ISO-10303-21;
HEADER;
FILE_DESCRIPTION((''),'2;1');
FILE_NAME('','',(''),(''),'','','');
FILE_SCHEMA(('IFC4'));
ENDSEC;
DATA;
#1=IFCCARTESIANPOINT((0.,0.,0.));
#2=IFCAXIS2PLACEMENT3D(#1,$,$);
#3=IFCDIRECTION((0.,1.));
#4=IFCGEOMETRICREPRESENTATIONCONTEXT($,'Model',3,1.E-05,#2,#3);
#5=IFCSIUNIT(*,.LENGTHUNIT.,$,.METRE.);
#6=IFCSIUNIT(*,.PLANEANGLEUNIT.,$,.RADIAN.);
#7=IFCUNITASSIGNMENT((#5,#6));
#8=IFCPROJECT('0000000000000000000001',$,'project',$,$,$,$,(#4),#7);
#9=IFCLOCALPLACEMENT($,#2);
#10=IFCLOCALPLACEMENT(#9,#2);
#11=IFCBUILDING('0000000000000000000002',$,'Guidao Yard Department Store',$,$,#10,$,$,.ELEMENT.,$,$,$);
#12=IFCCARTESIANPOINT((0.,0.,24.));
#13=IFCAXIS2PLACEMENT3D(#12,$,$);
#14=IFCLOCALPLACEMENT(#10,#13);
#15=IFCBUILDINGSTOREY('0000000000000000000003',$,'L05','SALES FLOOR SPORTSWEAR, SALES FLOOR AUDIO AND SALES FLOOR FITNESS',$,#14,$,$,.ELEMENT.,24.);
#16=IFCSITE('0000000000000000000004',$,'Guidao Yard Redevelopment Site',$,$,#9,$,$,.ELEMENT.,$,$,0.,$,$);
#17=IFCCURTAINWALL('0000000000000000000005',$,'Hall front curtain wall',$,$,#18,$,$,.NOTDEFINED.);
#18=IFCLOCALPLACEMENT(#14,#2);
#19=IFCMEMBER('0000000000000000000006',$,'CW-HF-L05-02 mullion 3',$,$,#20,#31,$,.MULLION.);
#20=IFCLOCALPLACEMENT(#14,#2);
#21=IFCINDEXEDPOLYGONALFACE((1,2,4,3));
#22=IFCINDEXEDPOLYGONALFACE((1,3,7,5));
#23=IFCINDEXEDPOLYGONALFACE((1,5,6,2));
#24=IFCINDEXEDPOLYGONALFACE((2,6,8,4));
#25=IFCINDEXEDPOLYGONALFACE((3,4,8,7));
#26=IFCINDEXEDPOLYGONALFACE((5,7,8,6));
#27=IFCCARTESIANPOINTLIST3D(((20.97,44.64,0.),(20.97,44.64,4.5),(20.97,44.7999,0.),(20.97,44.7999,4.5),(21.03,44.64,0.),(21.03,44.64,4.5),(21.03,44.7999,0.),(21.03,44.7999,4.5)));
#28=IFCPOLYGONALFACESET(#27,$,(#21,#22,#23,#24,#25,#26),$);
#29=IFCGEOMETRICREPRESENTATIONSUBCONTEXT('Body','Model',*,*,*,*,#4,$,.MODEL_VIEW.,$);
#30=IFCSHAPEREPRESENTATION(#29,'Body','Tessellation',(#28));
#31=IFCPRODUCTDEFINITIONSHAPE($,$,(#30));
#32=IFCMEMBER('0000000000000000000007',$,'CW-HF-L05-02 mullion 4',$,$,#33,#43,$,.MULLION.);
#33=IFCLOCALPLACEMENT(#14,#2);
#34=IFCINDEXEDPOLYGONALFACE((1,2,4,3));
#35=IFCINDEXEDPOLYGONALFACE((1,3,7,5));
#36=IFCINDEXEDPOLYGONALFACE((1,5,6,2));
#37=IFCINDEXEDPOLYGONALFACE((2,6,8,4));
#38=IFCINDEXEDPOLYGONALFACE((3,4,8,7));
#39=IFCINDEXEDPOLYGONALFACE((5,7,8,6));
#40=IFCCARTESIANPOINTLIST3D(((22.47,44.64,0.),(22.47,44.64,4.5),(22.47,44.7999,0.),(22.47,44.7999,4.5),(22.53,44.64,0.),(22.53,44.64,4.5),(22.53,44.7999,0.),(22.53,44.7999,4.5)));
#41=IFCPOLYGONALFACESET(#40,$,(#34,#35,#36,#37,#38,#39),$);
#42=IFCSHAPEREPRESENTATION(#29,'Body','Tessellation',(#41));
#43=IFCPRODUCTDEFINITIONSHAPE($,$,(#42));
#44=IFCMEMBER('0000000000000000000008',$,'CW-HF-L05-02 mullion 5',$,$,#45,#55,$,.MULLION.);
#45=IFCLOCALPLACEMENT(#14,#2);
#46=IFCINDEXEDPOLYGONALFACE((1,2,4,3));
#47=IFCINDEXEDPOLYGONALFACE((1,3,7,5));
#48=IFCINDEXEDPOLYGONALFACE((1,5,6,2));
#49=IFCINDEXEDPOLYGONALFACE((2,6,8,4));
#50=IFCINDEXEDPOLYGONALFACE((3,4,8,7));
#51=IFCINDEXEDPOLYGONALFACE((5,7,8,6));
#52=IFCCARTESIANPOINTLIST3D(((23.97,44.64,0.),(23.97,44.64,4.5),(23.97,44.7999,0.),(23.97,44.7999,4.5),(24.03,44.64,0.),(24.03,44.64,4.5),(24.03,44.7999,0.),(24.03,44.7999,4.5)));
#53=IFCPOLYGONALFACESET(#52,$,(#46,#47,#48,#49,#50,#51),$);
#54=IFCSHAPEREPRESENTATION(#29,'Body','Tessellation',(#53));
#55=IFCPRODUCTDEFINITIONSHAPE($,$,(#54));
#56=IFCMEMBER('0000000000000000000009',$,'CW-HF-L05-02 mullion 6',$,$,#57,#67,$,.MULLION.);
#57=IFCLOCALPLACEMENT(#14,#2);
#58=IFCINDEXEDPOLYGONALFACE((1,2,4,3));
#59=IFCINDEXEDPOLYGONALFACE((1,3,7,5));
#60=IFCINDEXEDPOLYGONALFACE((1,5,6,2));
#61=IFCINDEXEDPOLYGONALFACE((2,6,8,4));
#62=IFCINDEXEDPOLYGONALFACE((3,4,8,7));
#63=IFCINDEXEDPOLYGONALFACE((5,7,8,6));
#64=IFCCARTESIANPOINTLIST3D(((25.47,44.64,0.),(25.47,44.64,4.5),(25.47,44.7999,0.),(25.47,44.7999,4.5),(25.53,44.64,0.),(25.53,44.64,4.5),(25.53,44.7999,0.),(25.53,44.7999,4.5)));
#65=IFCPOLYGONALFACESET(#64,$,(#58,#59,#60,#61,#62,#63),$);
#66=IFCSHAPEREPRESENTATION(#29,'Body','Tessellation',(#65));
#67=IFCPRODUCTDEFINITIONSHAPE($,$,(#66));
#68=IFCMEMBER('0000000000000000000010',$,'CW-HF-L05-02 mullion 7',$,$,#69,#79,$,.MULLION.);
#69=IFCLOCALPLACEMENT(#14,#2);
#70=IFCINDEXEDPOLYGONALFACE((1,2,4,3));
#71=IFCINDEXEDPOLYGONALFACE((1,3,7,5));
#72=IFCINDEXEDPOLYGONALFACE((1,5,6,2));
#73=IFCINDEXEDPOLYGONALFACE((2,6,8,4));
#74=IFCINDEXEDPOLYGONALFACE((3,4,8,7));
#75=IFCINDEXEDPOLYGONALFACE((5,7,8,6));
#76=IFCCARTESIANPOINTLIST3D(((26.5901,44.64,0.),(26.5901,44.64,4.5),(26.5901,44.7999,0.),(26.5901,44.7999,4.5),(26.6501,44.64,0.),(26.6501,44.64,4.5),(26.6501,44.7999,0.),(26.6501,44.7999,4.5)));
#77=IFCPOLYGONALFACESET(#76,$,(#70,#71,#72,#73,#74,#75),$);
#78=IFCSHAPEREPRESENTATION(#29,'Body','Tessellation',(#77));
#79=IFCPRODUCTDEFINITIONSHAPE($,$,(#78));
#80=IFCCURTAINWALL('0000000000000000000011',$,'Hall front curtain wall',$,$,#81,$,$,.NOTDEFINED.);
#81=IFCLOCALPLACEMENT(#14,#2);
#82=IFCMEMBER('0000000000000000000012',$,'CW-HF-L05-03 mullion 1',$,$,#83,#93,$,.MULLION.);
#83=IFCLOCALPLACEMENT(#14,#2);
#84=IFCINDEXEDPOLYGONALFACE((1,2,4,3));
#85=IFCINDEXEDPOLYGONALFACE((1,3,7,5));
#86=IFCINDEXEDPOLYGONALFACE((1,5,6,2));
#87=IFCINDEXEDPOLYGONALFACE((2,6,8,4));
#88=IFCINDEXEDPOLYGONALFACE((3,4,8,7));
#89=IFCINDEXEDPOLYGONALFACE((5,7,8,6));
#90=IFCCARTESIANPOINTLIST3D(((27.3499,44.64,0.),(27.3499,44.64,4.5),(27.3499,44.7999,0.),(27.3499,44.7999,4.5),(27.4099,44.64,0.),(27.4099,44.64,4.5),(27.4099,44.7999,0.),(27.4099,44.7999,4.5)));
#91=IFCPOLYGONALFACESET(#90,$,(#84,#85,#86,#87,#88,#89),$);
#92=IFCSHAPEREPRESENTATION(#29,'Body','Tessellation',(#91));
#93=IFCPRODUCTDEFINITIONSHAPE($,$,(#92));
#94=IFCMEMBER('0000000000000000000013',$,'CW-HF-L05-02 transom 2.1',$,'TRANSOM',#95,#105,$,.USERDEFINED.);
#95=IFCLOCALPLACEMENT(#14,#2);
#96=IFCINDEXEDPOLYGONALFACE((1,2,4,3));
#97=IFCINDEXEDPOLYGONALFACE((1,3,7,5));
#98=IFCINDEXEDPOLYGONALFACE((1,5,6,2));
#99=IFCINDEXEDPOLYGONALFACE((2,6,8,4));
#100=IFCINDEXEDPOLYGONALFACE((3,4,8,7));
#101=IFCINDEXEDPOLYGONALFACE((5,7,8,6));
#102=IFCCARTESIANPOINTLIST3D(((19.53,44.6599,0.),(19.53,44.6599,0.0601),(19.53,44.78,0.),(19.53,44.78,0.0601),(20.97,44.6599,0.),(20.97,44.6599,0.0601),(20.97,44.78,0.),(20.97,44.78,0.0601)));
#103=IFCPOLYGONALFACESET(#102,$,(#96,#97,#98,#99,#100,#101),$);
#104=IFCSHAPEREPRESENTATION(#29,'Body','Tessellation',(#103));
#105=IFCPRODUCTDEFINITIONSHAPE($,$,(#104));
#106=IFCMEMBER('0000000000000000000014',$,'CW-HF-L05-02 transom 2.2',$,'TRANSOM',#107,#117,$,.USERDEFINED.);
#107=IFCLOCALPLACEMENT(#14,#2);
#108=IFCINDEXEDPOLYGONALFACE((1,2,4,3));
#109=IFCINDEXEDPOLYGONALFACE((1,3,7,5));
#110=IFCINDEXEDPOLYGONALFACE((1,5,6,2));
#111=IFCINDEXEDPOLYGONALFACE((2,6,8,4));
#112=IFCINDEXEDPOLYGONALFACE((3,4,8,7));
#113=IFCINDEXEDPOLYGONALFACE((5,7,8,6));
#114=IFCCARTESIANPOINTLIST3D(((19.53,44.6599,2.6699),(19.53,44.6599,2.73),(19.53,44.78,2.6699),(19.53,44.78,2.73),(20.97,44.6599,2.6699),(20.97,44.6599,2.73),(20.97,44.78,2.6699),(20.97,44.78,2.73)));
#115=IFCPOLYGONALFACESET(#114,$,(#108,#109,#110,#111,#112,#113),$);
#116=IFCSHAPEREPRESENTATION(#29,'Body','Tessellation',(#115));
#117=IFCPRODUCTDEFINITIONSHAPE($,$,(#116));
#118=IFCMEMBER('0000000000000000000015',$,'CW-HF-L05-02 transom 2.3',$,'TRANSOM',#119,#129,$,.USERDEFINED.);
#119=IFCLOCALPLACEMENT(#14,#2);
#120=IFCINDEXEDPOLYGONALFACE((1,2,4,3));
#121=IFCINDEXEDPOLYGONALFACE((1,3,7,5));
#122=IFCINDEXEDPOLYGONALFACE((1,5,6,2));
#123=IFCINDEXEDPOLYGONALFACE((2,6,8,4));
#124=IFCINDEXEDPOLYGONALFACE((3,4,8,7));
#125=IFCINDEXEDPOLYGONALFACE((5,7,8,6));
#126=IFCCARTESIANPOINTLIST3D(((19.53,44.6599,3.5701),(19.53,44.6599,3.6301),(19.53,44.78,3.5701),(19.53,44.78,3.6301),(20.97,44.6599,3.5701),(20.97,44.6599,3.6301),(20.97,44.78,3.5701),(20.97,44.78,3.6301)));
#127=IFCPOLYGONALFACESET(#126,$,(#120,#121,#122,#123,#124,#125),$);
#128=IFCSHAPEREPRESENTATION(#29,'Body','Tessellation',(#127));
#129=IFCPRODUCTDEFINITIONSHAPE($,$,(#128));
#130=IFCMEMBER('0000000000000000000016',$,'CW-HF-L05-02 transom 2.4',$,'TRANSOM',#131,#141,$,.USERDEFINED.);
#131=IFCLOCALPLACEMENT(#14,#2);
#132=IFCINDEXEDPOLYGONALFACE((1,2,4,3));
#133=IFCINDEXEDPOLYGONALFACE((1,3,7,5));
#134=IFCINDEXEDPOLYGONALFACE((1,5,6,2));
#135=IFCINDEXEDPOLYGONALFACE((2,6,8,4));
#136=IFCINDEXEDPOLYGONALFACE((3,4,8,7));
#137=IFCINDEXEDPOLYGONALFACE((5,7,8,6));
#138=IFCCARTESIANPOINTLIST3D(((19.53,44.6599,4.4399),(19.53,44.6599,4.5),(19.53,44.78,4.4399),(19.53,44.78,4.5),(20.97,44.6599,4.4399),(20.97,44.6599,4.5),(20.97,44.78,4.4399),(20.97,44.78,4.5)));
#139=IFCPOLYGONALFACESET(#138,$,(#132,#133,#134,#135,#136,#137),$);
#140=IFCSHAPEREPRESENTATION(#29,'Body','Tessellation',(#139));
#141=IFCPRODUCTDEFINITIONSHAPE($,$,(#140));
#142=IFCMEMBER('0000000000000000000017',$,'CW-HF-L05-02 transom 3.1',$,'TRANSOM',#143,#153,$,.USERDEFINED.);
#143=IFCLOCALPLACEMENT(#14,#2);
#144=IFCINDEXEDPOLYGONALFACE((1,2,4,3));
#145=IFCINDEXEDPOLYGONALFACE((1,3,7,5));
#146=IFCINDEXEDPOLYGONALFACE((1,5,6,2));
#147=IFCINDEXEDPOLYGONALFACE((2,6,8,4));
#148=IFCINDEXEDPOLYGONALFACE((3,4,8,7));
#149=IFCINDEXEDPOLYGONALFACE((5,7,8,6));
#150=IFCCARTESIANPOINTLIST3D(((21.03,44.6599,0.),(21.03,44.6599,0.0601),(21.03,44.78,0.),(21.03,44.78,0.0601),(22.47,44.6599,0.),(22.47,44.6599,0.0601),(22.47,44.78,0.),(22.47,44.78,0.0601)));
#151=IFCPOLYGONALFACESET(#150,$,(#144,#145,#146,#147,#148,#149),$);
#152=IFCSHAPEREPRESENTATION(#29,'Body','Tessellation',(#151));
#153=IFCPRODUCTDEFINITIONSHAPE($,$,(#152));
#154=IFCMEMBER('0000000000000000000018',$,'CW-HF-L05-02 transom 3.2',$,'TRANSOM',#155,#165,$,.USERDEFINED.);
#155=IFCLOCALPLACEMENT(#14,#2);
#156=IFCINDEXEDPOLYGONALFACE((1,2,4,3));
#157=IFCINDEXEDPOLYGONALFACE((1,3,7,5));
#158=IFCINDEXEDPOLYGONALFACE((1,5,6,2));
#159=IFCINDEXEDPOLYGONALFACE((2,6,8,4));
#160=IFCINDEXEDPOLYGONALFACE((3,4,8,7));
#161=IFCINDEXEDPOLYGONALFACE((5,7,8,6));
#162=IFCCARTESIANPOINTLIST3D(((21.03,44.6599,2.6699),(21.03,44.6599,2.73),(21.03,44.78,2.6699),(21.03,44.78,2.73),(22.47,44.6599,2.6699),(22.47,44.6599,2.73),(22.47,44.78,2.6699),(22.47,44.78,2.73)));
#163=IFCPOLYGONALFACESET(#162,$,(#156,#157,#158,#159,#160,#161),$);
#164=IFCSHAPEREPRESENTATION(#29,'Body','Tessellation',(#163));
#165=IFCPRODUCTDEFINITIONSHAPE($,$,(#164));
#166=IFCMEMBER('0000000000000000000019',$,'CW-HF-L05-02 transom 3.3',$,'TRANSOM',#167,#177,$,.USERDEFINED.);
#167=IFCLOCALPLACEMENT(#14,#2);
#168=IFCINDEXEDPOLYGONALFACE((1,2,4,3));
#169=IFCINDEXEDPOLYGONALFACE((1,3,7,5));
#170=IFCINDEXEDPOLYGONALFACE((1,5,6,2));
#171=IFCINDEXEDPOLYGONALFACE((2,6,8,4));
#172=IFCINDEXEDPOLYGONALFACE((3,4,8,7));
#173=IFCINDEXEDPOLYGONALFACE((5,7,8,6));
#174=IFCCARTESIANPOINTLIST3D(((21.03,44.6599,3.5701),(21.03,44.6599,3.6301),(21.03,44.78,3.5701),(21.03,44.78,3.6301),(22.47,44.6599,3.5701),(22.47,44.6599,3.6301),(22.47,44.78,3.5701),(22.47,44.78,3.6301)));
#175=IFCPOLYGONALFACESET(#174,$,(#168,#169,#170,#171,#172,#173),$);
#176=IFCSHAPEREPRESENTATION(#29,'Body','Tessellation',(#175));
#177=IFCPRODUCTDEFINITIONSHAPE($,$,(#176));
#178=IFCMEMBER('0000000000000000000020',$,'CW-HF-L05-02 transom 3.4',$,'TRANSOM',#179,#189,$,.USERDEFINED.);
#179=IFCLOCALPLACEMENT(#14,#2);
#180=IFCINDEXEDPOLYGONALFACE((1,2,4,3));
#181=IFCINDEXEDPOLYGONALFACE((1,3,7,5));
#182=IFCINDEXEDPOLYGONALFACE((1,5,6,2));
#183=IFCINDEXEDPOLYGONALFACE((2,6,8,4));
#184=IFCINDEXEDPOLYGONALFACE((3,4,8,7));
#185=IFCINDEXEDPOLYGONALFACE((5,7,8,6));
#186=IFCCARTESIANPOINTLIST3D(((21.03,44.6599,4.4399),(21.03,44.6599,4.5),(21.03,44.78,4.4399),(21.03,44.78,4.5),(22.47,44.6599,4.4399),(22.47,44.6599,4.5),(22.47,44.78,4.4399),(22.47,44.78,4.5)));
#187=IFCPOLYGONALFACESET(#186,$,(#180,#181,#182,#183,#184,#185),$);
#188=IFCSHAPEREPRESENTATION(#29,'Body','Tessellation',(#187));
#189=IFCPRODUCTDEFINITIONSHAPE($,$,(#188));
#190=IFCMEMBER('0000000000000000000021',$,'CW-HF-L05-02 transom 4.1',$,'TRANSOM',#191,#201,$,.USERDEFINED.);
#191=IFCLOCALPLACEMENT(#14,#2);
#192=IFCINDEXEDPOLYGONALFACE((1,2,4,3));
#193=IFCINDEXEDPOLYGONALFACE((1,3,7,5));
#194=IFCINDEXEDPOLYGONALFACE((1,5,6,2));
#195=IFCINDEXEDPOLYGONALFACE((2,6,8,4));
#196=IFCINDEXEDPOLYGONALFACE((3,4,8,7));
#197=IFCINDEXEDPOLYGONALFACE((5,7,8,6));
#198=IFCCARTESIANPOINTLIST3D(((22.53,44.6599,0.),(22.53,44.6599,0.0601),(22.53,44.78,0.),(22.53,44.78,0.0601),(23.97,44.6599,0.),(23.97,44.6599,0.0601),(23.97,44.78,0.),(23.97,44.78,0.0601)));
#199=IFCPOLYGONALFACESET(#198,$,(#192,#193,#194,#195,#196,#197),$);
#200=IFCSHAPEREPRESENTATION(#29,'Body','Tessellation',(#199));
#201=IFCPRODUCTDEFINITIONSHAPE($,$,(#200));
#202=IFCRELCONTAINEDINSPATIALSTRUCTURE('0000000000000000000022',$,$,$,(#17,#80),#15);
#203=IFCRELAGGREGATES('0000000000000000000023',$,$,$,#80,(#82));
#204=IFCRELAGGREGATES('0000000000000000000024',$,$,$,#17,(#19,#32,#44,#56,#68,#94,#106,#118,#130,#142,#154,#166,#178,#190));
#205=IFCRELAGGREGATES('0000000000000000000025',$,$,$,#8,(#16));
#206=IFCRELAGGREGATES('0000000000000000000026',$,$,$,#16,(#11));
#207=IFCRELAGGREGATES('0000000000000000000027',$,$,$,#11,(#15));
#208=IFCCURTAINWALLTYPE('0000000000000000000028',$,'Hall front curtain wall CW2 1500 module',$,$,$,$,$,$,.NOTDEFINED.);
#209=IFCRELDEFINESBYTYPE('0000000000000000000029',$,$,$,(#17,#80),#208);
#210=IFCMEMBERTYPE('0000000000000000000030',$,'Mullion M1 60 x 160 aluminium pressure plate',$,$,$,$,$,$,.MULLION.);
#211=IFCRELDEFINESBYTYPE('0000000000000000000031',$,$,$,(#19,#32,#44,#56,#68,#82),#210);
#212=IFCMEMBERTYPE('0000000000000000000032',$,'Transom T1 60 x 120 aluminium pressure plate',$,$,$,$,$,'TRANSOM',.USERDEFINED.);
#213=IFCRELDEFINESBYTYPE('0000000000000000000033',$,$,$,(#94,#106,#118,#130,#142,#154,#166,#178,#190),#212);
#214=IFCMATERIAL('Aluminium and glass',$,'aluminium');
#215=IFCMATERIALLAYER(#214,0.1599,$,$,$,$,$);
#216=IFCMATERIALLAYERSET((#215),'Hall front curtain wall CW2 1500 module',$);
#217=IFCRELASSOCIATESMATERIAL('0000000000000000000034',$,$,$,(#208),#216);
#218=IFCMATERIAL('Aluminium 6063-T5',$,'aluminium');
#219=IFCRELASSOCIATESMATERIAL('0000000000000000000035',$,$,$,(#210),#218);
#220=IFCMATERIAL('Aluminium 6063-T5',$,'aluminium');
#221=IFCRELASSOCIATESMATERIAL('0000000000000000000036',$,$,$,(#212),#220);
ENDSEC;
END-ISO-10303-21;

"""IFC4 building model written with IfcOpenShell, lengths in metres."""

from ifc_helpers import new_model, si_unit, direction, frame, origin, origin_2d, place, context, subcontext, project, spatial, rectangle, extrude, material, layer, layer_set, material_profile, profile_set, type_object, element, aggregate, save


model = new_model("IFC4")

# Units and contexts
model_context = context("Model", 3, precision=1e-05, world=origin(), true_north=direction((0.0, 1.0)))
body_context = subcontext(model_context, "Body", "Model", "MODEL_VIEW")
ifc_project = project(units=[si_unit("LENGTHUNIT", "METRE"), si_unit("PLANEANGLEUNIT", "RADIAN")], contexts=[model_context])

# Site, building, storey
site_placement = place(None, origin())
site = spatial("IfcSite", under=ifc_project, at=site_placement, Name="Guidao Yard Redevelopment Site", CompositionType="ELEMENT", RefElevation=0.0)
building_placement = place(site_placement, origin())
building = spatial("IfcBuilding", under=site, at=building_placement, Name="Guidao Yard Department Store", CompositionType="ELEMENT")
storey_placement = place(building_placement, frame((0.0, 0.0, 24.0)))
storey = spatial("IfcBuildingStorey", under=building, at=storey_placement, Name="L05", Description="SALES FLOOR SPORTSWEAR, SALES FLOOR AUDIO AND SALES FLOOR FITNESS", CompositionType="ELEMENT", Elevation=24.0)

# Curtain wall, members
ifc_material_1 = material(Name="Aluminium and glass", Category="aluminium")
ifc_layer_1 = layer(ifc_material_1, 0.1599)
ifc_layer_set_1 = layer_set([ifc_layer_1], Name="Hall front curtain wall CW2 1500 module")
curtain_wall_type = type_object("IfcCurtainWallType", Name="Hall front curtain wall CW2 1500 module", PredefinedType="NOTDEFINED", material=ifc_layer_set_1)
curtain_wall_1_placement = place(storey_placement, origin())
curtain_wall_1 = element("IfcCurtainWall", 1, at=curtain_wall_1_placement, inside=storey, type_object=curtain_wall_type, Name="Hall front curtain wall", PredefinedType="NOTDEFINED")
ifc_material_2 = material(Name="Aluminium 6063-T5", Category="aluminium")
ifc_material_profile_1 = material_profile(ifc_material_2, rectangle(XDim=0.0601, YDim=0.1599, at=origin_2d()), Name="Mullion M1 60 x 160 aluminium pressure plate")
ifc_profile_set_1 = profile_set([ifc_material_profile_1], Name="Aluminium 6063-T5")
member_type_1 = type_object("IfcMemberType", Name="Mullion M1 60 x 160 aluminium pressure plate", PredefinedType="MULLION", material=ifc_profile_set_1)
member_1_placement = place(storey_placement, frame((21.0, 44.72, 0.0), z_axis=(0.0, 0.0, 1.0), x_axis=(-1.0, 0.0, 0.0)))
member_1 = element("IfcMember", 2, at=member_1_placement, type_object=member_type_1, Name="CW-HF-L05-02 mullion 3", PredefinedType="MULLION", context=body_context, shape_type="SweptSolid", body=[
    extrude(rectangle(XDim=0.0601, YDim=0.1599, at=origin_2d()), origin(), (0.0, 0.0, 1.0), 4.5),
])
member_2_placement = place(storey_placement, frame((22.5, 44.72, 0.0), z_axis=(0.0, 0.0, 1.0), x_axis=(-1.0, 0.0, 0.0)))
member_2 = element("IfcMember", 3, at=member_2_placement, type_object=member_type_1, Name="CW-HF-L05-02 mullion 4", PredefinedType="MULLION", context=body_context, shape_type="SweptSolid", body=[
    extrude(rectangle(XDim=0.0601, YDim=0.1599, at=origin_2d()), origin(), (0.0, 0.0, 1.0), 4.5),
])
member_3_placement = place(storey_placement, frame((24.0, 44.72, 0.0), z_axis=(0.0, 0.0, 1.0), x_axis=(-1.0, 0.0, 0.0)))
member_3 = element("IfcMember", 4, at=member_3_placement, type_object=member_type_1, Name="CW-HF-L05-02 mullion 5", PredefinedType="MULLION", context=body_context, shape_type="SweptSolid", body=[
    extrude(rectangle(XDim=0.0601, YDim=0.1599, at=origin_2d()), origin(), (0.0, 0.0, 1.0), 4.5),
])
member_4_placement = place(storey_placement, frame((25.5, 44.72, 0.0), z_axis=(0.0, 0.0, 1.0), x_axis=(-1.0, 0.0, 0.0)))
member_4 = element("IfcMember", 5, at=member_4_placement, type_object=member_type_1, Name="CW-HF-L05-02 mullion 6", PredefinedType="MULLION", context=body_context, shape_type="SweptSolid", body=[
    extrude(rectangle(XDim=0.0601, YDim=0.1599, at=origin_2d()), origin(), (0.0, 0.0, 1.0), 4.5),
])
member_5_placement = place(storey_placement, frame((26.6201, 44.72, 0.0), z_axis=(0.0, 0.0, 1.0), x_axis=(-1.0, 0.0, 0.0)))
member_5 = element("IfcMember", 6, at=member_5_placement, type_object=member_type_1, Name="CW-HF-L05-02 mullion 7", PredefinedType="MULLION", context=body_context, shape_type="SweptSolid", body=[
    extrude(rectangle(XDim=0.0601, YDim=0.1599, at=origin_2d()), origin(), (0.0, 0.0, 1.0), 4.5),
])

# Curtain wall, member
curtain_wall_2_placement = place(storey_placement, origin())
curtain_wall_2 = element("IfcCurtainWall", 7, at=curtain_wall_2_placement, inside=storey, type_object=curtain_wall_type, Name="Hall front curtain wall", PredefinedType="NOTDEFINED")
member_6_placement = place(storey_placement, frame((27.3799, 44.72, 0.0), z_axis=(0.0, 0.0, 1.0), x_axis=(-1.0, 0.0, 0.0)))
member_6 = element("IfcMember", 8, at=member_6_placement, type_object=member_type_1, Name="CW-HF-L05-03 mullion 1", PredefinedType="MULLION", context=body_context, shape_type="SweptSolid", body=[
    extrude(rectangle(XDim=0.0601, YDim=0.1599, at=origin_2d()), origin(), (0.0, 0.0, 1.0), 4.5),
])
aggregate(curtain_wall_2, [member_6])

# Members
ifc_material_3 = material(Name="Aluminium 6063-T5", Category="aluminium")
ifc_material_profile_2 = material_profile(ifc_material_3, rectangle(XDim=0.1201, YDim=0.0601, at=origin_2d()), Name="Transom T1 60 x 120 aluminium pressure plate")
ifc_profile_set_2 = profile_set([ifc_material_profile_2], Name="Aluminium 6063-T5")
member_type_2 = type_object("IfcMemberType", Name="Transom T1 60 x 120 aluminium pressure plate", ElementType="TRANSOM", PredefinedType="USERDEFINED", material=ifc_profile_set_2)
member_7_placement = place(storey_placement, frame((20.97, 44.72, 0.03), z_axis=(-1.0, 0.0, 0.0), x_axis=(0.0, -1.0, 0.0)))
member_7 = element("IfcMember", 9, at=member_7_placement, type_object=member_type_2, Name="CW-HF-L05-02 transom 2.1", ObjectType="TRANSOM", PredefinedType="USERDEFINED", context=body_context, shape_type="SweptSolid", body=[
    extrude(rectangle(XDim=0.1201, YDim=0.0601, at=origin_2d()), origin(), (0.0, 0.0, 1.0), 1.4399),
])
member_8_placement = place(storey_placement, frame((20.97, 44.72, 2.7), z_axis=(-1.0, 0.0, 0.0), x_axis=(0.0, -1.0, 0.0)))
member_8 = element("IfcMember", 10, at=member_8_placement, type_object=member_type_2, Name="CW-HF-L05-02 transom 2.2", ObjectType="TRANSOM", PredefinedType="USERDEFINED", context=body_context, shape_type="SweptSolid", body=[
    extrude(rectangle(XDim=0.1201, YDim=0.0601, at=origin_2d()), origin(), (0.0, 0.0, 1.0), 1.4399),
])
member_9_placement = place(storey_placement, frame((20.97, 44.72, 3.6001), z_axis=(-1.0, 0.0, 0.0), x_axis=(0.0, -1.0, 0.0)))
member_9 = element("IfcMember", 11, at=member_9_placement, type_object=member_type_2, Name="CW-HF-L05-02 transom 2.3", ObjectType="TRANSOM", PredefinedType="USERDEFINED", context=body_context, shape_type="SweptSolid", body=[
    extrude(rectangle(XDim=0.1201, YDim=0.0601, at=origin_2d()), origin(), (0.0, 0.0, 1.0), 1.4399),
])
member_10_placement = place(storey_placement, frame((20.97, 44.72, 4.47), z_axis=(-1.0, 0.0, 0.0), x_axis=(0.0, -1.0, 0.0)))
member_10 = element("IfcMember", 12, at=member_10_placement, type_object=member_type_2, Name="CW-HF-L05-02 transom 2.4", ObjectType="TRANSOM", PredefinedType="USERDEFINED", context=body_context, shape_type="SweptSolid", body=[
    extrude(rectangle(XDim=0.1201, YDim=0.0601, at=origin_2d()), origin(), (0.0, 0.0, 1.0), 1.4399),
])
member_11_placement = place(storey_placement, frame((22.47, 44.72, 0.03), z_axis=(-1.0, 0.0, 0.0), x_axis=(0.0, -1.0, 0.0)))
member_11 = element("IfcMember", 13, at=member_11_placement, type_object=member_type_2, Name="CW-HF-L05-02 transom 3.1", ObjectType="TRANSOM", PredefinedType="USERDEFINED", context=body_context, shape_type="SweptSolid", body=[
    extrude(rectangle(XDim=0.1201, YDim=0.0601, at=origin_2d()), origin(), (0.0, 0.0, 1.0), 1.4399),
])
member_12_placement = place(storey_placement, frame((22.47, 44.72, 2.7), z_axis=(-1.0, 0.0, 0.0), x_axis=(0.0, -1.0, 0.0)))
member_12 = element("IfcMember", 14, at=member_12_placement, type_object=member_type_2, Name="CW-HF-L05-02 transom 3.2", ObjectType="TRANSOM", PredefinedType="USERDEFINED", context=body_context, shape_type="SweptSolid", body=[
    extrude(rectangle(XDim=0.1201, YDim=0.0601, at=origin_2d()), origin(), (0.0, 0.0, 1.0), 1.4399),
])
member_13_placement = place(storey_placement, frame((22.47, 44.72, 3.6001), z_axis=(-1.0, 0.0, 0.0), x_axis=(0.0, -1.0, 0.0)))
member_13 = element("IfcMember", 15, at=member_13_placement, type_object=member_type_2, Name="CW-HF-L05-02 transom 3.3", ObjectType="TRANSOM", PredefinedType="USERDEFINED", context=body_context, shape_type="SweptSolid", body=[
    extrude(rectangle(XDim=0.1201, YDim=0.0601, at=origin_2d()), origin(), (0.0, 0.0, 1.0), 1.4399),
])
member_14_placement = place(storey_placement, frame((22.47, 44.72, 4.47), z_axis=(-1.0, 0.0, 0.0), x_axis=(0.0, -1.0, 0.0)))
member_14 = element("IfcMember", 16, at=member_14_placement, type_object=member_type_2, Name="CW-HF-L05-02 transom 3.4", ObjectType="TRANSOM", PredefinedType="USERDEFINED", context=body_context, shape_type="SweptSolid", body=[
    extrude(rectangle(XDim=0.1201, YDim=0.0601, at=origin_2d()), origin(), (0.0, 0.0, 1.0), 1.4399),
])
member_15_placement = place(storey_placement, frame((23.97, 44.72, 0.03), z_axis=(-1.0, 0.0, 0.0), x_axis=(0.0, -1.0, 0.0)))
member_15 = element("IfcMember", 17, at=member_15_placement, type_object=member_type_2, Name="CW-HF-L05-02 transom 4.1", ObjectType="TRANSOM", PredefinedType="USERDEFINED", context=body_context, shape_type="SweptSolid", body=[
    extrude(rectangle(XDim=0.1201, YDim=0.0601, at=origin_2d()), origin(), (0.0, 0.0, 1.0), 1.4399),
])

aggregate(curtain_wall_1, [member_1, member_2, member_3, member_4, member_5, member_7, member_8, member_9, member_10, member_11, member_12, member_13, member_14, member_15])

save(model, "model.ifc")
